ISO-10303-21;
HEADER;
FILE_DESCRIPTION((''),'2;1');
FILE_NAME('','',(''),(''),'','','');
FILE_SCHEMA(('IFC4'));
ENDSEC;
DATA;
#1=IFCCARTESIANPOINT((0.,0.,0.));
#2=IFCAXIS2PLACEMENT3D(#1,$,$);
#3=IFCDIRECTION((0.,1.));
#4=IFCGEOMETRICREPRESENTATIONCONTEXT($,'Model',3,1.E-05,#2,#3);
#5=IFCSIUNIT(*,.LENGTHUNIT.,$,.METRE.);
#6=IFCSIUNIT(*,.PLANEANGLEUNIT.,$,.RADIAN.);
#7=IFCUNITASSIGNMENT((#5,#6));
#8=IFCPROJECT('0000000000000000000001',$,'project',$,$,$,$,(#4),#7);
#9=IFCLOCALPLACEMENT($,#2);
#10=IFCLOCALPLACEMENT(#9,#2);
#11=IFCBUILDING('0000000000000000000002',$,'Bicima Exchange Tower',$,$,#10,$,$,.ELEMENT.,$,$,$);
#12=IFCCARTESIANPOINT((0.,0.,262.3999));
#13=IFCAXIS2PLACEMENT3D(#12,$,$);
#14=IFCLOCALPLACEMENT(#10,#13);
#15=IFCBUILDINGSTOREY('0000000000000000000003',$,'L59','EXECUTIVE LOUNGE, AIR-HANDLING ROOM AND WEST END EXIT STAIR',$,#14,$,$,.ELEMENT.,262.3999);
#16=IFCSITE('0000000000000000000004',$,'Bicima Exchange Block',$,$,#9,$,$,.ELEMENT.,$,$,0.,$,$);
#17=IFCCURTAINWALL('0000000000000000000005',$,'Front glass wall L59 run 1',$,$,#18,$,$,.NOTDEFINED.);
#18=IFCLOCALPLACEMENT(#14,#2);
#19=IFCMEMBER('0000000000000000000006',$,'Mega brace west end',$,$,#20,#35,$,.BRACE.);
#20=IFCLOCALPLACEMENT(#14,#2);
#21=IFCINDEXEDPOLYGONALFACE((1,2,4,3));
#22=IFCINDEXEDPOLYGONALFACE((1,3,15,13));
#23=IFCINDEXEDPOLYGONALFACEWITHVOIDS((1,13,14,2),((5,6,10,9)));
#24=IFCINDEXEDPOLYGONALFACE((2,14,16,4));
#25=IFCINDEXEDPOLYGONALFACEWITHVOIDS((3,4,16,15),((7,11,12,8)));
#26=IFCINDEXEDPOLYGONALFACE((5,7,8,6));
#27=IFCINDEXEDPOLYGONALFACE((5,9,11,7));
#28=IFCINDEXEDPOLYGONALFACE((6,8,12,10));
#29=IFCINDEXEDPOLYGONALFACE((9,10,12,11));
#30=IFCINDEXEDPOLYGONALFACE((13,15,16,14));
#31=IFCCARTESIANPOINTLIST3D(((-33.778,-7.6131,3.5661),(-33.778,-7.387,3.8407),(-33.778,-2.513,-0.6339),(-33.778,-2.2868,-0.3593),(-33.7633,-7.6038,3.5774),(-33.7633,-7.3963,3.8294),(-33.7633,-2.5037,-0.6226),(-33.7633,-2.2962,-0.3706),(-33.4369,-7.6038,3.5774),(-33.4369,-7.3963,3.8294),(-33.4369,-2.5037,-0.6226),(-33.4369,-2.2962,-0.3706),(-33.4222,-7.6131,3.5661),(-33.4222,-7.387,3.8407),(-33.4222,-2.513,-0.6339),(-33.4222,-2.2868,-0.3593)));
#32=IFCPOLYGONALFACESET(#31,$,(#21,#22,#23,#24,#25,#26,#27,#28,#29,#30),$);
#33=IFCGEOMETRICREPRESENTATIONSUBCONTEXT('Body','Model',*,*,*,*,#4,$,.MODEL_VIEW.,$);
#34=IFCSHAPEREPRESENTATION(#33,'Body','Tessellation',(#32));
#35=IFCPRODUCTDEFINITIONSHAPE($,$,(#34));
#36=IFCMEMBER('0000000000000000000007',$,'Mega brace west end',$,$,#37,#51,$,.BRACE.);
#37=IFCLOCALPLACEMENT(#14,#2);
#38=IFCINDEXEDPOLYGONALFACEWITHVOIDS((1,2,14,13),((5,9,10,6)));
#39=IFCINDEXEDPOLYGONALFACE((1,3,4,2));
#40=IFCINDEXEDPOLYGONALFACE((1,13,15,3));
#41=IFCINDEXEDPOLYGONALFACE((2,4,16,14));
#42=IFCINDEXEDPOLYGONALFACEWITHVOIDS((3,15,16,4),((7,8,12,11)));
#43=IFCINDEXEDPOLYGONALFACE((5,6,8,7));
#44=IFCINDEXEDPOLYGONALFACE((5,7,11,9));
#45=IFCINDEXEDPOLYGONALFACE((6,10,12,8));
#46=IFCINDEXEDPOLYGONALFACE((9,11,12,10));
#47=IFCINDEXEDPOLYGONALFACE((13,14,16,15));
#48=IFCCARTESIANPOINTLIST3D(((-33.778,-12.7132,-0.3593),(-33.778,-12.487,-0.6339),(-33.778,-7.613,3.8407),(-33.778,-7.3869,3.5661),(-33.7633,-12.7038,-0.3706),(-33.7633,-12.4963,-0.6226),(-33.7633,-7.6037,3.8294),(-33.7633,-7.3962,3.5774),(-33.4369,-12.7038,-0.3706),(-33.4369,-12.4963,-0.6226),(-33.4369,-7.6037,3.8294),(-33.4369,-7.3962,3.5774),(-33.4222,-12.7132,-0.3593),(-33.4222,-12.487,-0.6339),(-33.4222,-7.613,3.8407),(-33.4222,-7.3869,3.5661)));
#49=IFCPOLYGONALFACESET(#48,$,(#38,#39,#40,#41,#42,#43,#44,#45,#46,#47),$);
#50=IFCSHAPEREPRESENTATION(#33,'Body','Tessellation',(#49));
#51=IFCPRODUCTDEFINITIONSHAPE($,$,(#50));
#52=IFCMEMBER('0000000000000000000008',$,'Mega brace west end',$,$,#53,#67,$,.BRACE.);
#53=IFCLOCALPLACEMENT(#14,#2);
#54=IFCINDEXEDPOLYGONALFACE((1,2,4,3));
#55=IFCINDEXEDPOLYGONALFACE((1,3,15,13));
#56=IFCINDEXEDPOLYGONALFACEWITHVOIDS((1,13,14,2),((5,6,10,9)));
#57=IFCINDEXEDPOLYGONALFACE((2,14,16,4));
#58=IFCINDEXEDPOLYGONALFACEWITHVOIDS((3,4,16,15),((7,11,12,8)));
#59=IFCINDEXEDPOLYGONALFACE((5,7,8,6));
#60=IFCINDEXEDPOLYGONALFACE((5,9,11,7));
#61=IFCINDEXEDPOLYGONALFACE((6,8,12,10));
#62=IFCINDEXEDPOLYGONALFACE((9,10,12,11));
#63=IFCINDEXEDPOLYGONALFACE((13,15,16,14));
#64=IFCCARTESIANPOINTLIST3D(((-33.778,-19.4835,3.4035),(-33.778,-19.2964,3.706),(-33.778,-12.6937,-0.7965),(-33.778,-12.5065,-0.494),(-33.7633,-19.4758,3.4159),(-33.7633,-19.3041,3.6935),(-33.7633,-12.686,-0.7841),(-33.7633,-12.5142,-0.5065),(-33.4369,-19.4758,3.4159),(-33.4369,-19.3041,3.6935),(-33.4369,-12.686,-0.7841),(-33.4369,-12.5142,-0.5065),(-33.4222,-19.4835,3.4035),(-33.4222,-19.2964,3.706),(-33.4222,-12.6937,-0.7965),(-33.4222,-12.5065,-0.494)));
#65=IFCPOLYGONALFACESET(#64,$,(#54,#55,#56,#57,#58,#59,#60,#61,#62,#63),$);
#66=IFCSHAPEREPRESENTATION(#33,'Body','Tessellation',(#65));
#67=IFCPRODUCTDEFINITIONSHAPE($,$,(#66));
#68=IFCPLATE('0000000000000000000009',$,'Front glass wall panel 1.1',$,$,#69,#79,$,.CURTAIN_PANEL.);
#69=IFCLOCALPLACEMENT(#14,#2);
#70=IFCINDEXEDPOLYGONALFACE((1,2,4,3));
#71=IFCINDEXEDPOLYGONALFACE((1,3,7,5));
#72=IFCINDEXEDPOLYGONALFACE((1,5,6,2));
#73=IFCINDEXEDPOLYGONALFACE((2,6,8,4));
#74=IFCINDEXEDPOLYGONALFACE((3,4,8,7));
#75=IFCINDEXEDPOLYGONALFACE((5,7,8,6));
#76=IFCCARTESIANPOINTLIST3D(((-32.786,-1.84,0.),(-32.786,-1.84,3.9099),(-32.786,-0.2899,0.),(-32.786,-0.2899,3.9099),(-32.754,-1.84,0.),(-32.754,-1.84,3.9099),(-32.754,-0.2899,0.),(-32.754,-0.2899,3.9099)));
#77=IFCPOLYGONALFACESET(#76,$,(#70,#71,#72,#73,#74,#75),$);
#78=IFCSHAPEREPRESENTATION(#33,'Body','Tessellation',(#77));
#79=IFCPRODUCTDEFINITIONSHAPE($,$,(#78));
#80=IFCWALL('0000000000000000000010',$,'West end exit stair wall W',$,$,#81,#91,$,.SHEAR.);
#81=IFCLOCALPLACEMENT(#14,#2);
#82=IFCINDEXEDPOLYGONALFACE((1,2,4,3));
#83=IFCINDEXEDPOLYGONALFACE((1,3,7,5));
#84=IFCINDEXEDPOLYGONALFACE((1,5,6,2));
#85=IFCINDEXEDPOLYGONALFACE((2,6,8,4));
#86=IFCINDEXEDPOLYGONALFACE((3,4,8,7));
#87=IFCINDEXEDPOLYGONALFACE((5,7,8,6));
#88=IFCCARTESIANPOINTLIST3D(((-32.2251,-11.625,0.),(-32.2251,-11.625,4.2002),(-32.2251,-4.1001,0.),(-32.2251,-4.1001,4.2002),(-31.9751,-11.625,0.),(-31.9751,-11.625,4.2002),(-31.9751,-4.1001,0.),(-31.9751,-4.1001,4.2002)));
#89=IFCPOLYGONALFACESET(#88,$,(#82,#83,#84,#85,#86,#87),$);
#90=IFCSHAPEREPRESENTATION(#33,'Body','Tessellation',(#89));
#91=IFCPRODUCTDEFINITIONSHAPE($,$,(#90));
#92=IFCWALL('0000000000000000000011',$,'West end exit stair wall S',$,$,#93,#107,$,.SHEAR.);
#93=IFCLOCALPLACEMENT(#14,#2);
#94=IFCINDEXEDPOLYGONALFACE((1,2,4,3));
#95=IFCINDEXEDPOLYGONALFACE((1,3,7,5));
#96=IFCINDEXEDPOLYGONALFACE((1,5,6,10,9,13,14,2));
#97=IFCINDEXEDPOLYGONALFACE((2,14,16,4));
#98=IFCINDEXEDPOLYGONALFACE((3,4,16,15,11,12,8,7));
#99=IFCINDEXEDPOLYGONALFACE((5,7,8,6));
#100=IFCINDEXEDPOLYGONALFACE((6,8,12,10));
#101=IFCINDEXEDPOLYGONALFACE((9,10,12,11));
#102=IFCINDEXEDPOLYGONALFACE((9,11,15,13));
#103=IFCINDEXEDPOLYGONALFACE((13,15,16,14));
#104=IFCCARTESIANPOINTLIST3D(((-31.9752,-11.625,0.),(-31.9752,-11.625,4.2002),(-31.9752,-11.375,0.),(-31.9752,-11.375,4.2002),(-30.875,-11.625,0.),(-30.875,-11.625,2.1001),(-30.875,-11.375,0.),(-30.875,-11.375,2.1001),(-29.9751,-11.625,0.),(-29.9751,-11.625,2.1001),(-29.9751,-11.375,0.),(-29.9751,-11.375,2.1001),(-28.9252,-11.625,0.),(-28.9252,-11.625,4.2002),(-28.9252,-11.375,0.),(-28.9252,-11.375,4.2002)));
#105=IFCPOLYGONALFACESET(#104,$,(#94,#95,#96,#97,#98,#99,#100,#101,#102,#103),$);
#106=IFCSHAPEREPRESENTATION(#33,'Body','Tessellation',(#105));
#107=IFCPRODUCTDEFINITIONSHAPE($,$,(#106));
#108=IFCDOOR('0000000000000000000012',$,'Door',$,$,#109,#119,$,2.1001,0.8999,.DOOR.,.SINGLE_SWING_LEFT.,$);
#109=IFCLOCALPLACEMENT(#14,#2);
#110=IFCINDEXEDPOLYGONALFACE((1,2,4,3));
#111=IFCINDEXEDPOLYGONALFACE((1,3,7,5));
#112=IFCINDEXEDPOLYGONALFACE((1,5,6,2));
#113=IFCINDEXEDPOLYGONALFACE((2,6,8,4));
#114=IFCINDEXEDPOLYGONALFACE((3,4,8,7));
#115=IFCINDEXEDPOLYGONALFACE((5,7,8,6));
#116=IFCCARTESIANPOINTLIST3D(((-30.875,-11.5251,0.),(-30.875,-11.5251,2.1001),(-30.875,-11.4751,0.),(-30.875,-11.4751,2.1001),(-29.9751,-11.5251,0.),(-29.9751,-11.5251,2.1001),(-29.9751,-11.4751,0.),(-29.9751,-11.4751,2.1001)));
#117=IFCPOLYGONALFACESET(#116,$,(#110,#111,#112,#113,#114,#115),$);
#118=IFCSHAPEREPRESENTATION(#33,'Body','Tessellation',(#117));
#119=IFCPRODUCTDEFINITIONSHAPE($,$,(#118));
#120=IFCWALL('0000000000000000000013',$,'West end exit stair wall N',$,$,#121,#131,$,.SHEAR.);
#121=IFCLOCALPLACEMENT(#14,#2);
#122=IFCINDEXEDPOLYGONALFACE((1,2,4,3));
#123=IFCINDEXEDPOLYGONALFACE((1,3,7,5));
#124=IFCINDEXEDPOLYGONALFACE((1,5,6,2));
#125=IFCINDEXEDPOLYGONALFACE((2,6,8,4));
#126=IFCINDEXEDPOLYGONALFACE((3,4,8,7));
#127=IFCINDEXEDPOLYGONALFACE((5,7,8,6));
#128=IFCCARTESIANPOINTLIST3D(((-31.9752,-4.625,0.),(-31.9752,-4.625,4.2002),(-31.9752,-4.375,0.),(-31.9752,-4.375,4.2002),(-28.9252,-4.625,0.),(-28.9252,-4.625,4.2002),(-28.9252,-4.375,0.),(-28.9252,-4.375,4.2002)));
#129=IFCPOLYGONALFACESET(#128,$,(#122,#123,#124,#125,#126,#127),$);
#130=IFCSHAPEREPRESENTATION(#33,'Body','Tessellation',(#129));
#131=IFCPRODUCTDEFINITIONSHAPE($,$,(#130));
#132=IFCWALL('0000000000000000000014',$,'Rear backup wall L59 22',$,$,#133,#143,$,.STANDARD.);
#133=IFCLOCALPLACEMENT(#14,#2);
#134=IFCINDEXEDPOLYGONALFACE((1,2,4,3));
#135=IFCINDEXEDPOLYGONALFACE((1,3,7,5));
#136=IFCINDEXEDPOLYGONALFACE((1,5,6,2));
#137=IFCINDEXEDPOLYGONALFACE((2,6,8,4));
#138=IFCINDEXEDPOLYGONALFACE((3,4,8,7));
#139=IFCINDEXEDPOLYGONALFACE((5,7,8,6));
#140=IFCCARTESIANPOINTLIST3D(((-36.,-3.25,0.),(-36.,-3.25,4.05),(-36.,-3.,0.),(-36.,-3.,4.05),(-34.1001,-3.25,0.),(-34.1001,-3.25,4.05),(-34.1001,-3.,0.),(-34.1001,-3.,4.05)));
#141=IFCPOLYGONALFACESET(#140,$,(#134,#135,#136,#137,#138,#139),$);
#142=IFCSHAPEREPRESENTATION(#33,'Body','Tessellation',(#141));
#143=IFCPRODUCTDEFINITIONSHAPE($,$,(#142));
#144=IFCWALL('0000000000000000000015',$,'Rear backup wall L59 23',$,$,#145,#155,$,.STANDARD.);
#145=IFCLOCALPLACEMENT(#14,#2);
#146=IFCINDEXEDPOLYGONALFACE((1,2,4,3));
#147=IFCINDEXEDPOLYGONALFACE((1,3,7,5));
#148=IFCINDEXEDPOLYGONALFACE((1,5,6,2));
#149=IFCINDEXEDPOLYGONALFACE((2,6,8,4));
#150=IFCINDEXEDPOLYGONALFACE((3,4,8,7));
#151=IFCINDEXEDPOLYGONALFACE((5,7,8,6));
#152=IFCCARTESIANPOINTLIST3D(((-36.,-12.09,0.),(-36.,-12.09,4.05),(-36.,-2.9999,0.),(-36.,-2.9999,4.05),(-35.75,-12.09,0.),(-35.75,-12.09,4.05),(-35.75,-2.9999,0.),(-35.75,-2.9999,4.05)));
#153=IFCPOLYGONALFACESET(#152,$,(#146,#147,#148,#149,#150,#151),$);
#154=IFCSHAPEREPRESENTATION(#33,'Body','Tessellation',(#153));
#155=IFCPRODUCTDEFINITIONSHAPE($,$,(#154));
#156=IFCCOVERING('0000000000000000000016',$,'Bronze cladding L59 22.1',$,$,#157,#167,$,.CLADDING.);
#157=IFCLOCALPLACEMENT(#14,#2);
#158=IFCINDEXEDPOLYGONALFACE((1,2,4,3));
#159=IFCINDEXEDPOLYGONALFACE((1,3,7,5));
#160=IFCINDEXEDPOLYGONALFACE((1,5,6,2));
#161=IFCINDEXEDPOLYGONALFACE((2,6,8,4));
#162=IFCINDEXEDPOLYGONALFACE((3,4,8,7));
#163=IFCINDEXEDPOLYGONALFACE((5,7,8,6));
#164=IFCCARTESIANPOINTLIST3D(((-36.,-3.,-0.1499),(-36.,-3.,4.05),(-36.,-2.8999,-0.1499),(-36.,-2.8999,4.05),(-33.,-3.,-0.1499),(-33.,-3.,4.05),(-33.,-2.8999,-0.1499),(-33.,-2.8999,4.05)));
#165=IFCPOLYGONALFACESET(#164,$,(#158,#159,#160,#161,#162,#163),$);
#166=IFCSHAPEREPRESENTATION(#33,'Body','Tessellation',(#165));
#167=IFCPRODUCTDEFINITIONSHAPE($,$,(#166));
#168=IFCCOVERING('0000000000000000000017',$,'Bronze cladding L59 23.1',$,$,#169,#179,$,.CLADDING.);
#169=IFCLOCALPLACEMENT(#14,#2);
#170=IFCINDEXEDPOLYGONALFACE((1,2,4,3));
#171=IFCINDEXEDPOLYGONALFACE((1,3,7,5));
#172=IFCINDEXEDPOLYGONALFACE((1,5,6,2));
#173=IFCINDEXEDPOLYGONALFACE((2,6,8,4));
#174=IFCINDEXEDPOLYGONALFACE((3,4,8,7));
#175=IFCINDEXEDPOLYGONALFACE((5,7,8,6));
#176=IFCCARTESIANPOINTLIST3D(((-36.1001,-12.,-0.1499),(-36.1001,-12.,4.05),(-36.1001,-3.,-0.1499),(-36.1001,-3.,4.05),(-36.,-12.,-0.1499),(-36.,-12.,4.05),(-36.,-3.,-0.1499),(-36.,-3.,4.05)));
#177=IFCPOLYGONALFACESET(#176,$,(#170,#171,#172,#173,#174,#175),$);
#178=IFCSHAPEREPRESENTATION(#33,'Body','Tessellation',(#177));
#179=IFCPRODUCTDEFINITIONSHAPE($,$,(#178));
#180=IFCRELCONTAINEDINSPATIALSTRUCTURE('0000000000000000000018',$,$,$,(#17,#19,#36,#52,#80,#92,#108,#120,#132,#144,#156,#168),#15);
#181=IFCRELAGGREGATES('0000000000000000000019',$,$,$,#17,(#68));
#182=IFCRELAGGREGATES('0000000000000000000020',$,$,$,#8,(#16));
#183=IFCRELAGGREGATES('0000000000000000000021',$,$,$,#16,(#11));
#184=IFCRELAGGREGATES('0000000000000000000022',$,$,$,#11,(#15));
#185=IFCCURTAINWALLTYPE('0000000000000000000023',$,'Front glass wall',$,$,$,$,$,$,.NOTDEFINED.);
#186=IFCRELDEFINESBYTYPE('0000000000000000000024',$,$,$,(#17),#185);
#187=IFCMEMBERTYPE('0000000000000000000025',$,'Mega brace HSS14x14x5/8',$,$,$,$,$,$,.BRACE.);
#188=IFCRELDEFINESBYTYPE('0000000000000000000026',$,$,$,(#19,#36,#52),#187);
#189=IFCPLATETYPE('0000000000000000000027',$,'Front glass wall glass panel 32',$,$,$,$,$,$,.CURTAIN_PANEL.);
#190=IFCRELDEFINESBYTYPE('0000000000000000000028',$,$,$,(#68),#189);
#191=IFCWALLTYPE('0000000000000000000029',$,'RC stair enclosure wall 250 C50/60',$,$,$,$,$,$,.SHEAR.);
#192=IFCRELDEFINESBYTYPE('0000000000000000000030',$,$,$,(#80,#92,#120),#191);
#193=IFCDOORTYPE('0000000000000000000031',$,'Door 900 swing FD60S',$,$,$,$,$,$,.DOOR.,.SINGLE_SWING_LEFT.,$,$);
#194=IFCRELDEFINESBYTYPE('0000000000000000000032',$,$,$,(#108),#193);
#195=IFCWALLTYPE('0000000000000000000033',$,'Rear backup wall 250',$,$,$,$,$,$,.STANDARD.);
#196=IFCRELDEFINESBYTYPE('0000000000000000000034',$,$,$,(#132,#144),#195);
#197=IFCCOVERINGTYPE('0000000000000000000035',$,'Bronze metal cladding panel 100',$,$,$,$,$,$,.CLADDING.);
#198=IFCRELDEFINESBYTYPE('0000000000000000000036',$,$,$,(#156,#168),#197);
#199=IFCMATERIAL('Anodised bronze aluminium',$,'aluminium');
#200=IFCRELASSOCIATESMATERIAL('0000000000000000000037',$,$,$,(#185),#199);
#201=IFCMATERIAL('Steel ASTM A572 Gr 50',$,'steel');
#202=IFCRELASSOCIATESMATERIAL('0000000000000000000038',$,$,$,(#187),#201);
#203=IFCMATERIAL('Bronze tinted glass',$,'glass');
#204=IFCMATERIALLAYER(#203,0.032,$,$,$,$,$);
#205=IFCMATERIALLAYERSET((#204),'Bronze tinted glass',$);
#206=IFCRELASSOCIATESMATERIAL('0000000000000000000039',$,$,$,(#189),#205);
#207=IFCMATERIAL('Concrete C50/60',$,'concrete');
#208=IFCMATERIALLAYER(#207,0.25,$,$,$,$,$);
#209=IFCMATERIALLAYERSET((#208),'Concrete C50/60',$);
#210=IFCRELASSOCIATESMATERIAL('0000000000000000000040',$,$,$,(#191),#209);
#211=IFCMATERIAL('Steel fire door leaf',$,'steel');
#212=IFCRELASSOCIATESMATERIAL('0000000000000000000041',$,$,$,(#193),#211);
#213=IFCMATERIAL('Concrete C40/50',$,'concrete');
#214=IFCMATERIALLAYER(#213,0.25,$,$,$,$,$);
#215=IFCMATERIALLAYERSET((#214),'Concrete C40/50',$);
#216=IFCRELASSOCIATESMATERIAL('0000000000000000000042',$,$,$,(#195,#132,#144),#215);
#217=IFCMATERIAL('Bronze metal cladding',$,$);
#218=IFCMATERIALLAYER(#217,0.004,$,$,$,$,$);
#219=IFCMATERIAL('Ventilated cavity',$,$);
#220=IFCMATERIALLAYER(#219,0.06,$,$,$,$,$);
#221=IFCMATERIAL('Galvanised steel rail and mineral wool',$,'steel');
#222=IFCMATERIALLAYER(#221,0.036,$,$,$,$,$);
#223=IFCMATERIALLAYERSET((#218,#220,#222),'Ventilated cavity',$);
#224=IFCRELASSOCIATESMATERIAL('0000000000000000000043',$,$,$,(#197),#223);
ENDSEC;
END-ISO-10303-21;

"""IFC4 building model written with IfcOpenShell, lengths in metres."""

from ifc_helpers import new_model, si_unit, direction, frame, frame_2d, origin, origin_2d, place, context, subcontext, project, spatial, rectangle, hollow_rectangle, extrude, material, layer, layer_set, layer_usage, material_profile, profile_set, type_object, element, fill, aggregate, save


model = new_model("IFC4")

# Units and contexts
model_context = context("Model", 3, precision=1e-05, world=origin(), true_north=direction((0.0, 1.0)))
body_context = subcontext(model_context, "Body", "Model", "MODEL_VIEW")
ifc_project = project(units=[si_unit("LENGTHUNIT", "METRE"), si_unit("PLANEANGLEUNIT", "RADIAN")], contexts=[model_context])

# Site, building, storey
site_placement = place(None, origin())
site = spatial("IfcSite", under=ifc_project, at=site_placement, Name="Bicima Exchange Block", CompositionType="ELEMENT", RefElevation=0.0)
building_placement = place(site_placement, origin())
building = spatial("IfcBuilding", under=site, at=building_placement, Name="Bicima Exchange Tower", CompositionType="ELEMENT")
storey_placement = place(building_placement, frame((0.0, 0.0, 262.3999)))
storey = spatial("IfcBuildingStorey", under=building, at=storey_placement, Name="L59", Description="EXECUTIVE LOUNGE, AIR-HANDLING ROOM AND WEST END EXIT STAIR", CompositionType="ELEMENT", Elevation=262.3999)

# Shared definitions
ifc_material_1 = material(Name="Steel ASTM A572 Gr 50", Category="steel")

# Shared definitions
ifc_material_2 = material(Name="Anodised bronze aluminium", Category="aluminium")

# Curtain wall
curtain_wall_type_1 = type_object("IfcCurtainWallType", Name="Front glass wall", PredefinedType="NOTDEFINED", material=ifc_material_2)
curtain_wall_1_placement = place(storey_placement, origin())
curtain_wall_1 = element("IfcCurtainWall", 1, at=curtain_wall_1_placement, inside=storey, type_object=curtain_wall_type_1, Name="Front glass wall L59 run 1", PredefinedType="NOTDEFINED")

# Members
ifc_material_profile_1 = material_profile(ifc_material_1, hollow_rectangle(XDim=0.3557, YDim=0.3557, WallThickness=0.0146, at=origin_2d()))
ifc_profile_set_1 = profile_set([ifc_material_profile_1], Name="Steel ASTM A572 Gr 50")
member_type_1 = type_object("IfcMemberType", Name="Mega brace HSS14x14x5/8", PredefinedType="BRACE", material=ifc_profile_set_1)
for number, where, z_axis, x_axis, name in (
    (2, (-33.6001, -2.3999, -0.4966), (0.0, -0.77194, 0.635696), (1.0, 0.0, 0.0), "Mega brace west end"),
    (3, (-33.6001, -12.6001, -0.4966), (0.0, 0.77194, 0.635696), (-1.0, 0.0, 0.0), "Mega brace west end"),
):
    element("IfcMember", number, at=place(storey_placement, frame(where, z_axis=z_axis, x_axis=x_axis)), inside=storey, type_object=member_type_1, Name=name, PredefinedType="BRACE", context=body_context, shape_type="SweptSolid", body=[
        extrude(hollow_rectangle(XDim=0.3557, YDim=0.3557, WallThickness=0.0146, at=origin_2d()), origin(), (0.0, 0.0, 1.0), 6.6069),
    ])
member_1_placement = place(storey_placement, frame((-33.6001, -12.6001, -0.6453), z_axis=(0.0, -0.850448, 0.52606), x_axis=(1.0, 0.0, 0.0)))
element("IfcMember", 4, at=member_1_placement, inside=storey, type_object=member_type_1, Name="Mega brace west end", PredefinedType="BRACE", context=body_context, shape_type="SweptSolid", body=[
    extrude(hollow_rectangle(XDim=0.3557, YDim=0.3557, WallThickness=0.0146, at=origin_2d()), origin(), (0.0, 0.0, 1.0), 7.9839),
])

# Plate
ifc_material_3 = material(Name="Bronze tinted glass", Category="glass")
ifc_layer_1 = layer(ifc_material_3, 0.032)
ifc_layer_set_1 = layer_set([ifc_layer_1], Name="Bronze tinted glass")
plate_type = type_object("IfcPlateType", Name="Front glass wall glass panel 32", PredefinedType="CURTAIN_PANEL", material=ifc_layer_set_1)
plate_placement = place(storey_placement, frame((-32.77, -1.0649, 0.0), z_axis=(0.0, 0.0, 1.0), x_axis=(0.0, -1.0, 0.0)))
plate = element("IfcPlate", 5, at=plate_placement, type_object=plate_type, Name="Front glass wall panel 1.1", PredefinedType="CURTAIN_PANEL", context=body_context, shape_type="SweptSolid", body=[
    extrude(rectangle(XDim=1.55, YDim=0.032, at=origin_2d()), origin(), (0.0, 0.0, 1.0), 3.9099),
])
aggregate(curtain_wall_1, [plate])

# Wall
ifc_material_4 = material(Name="Concrete C50/60", Category="concrete")
ifc_layer_2 = layer(ifc_material_4, 0.25)
ifc_layer_set_2 = layer_set([ifc_layer_2], Name="Concrete C50/60")
wall_type_1 = type_object("IfcWallType", Name="RC stair enclosure wall 250 C50/60", PredefinedType="SHEAR", material=ifc_layer_set_2)
wall_1_placement = place(storey_placement, frame((-32.1001, -11.625, 0.0), z_axis=(0.0, 0.0, 1.0), x_axis=(0.0, 1.0, 0.0)))
element("IfcWall", 6, at=wall_1_placement, inside=storey, type_object=wall_type_1, Name="West end exit stair wall W", PredefinedType="SHEAR", context=body_context, shape_type="SweptSolid", body=[
    extrude(rectangle(XDim=7.5249, YDim=0.25, at=frame_2d((3.7625, 0.0))), origin(), (0.0, 0.0, 1.0), 4.2002),
])

# Wall, opening, door
wall_2_placement = place(storey_placement, frame((-31.9751, -11.5, 0.0), z_axis=(0.0, 0.0, 1.0), x_axis=(1.0, 0.0, 0.0)))
wall_2 = element("IfcWall", 7, at=wall_2_placement, inside=storey, type_object=wall_type_1, Name="West end exit stair wall S", PredefinedType="SHEAR", context=body_context, shape_type="SweptSolid", body=[
    extrude(rectangle(XDim=3.05, YDim=0.25, at=frame_2d((1.5249, 0.0))), origin(), (0.0, 0.0, 1.0), 4.2002),
])
opening_placement = place(wall_2_placement, frame((1.1001, 0.0, 0.0)))
opening = element("IfcOpeningElement", 8, at=opening_placement, cuts=wall_2, PredefinedType="OPENING", context=body_context, shape_type="SweptSolid", body=[
    extrude(rectangle(XDim=0.8999, YDim=2.1001, at=frame_2d((0.45, 1.05))), frame((0.0, 0.137, 0.0), z_axis=(0.0, -1.0, 0.0), x_axis=(1.0, 0.0, 0.0)), (0.0, 0.0, 1.0), 0.2739),
])
ifc_material_5 = material(Name="Steel fire door leaf", Category="steel")
door_type = type_object("IfcDoorType", Name="Door 900 swing FD60S", OperationType="SINGLE_SWING_LEFT", PredefinedType="DOOR", material=ifc_material_5)
door_placement = place(opening_placement, origin())
door = element("IfcDoor", 9, at=door_placement, inside=storey, type_object=door_type, Name="Door", OperationType="SINGLE_SWING_LEFT", OverallHeight=2.1001, OverallWidth=0.8999, PredefinedType="DOOR", context=body_context, shape_type="SweptSolid", body=[
    extrude(rectangle(XDim=0.8999, YDim=2.1001, at=frame_2d((0.45, 1.05))), frame((0.0, 0.0249, 0.0), z_axis=(0.0, -1.0, 0.0), x_axis=(1.0, 0.0, 0.0)), (0.0, 0.0, 1.0), 0.05),
])
fill(opening, door)

# Walls
wall_3_placement = place(storey_placement, frame((-31.9751, -4.5, 0.0), z_axis=(0.0, 0.0, 1.0), x_axis=(1.0, 0.0, 0.0)))
element("IfcWall", 10, at=wall_3_placement, inside=storey, type_object=wall_type_1, Name="West end exit stair wall N", PredefinedType="SHEAR", context=body_context, shape_type="SweptSolid", body=[
    extrude(rectangle(XDim=3.05, YDim=0.25, at=frame_2d((1.5249, 0.0))), origin(), (0.0, 0.0, 1.0), 4.2002),
])
ifc_material_6 = material(Name="Concrete C40/50", Category="concrete")
ifc_layer_3 = layer(ifc_material_6, 0.25)
ifc_layer_set_3 = layer_set([ifc_layer_3], Name="Concrete C40/50")
ifc_layer_usage = layer_usage(ifc_layer_set_3, "AXIS2", "POSITIVE", -0.125)
wall_type_2 = type_object("IfcWallType", Name="Rear backup wall 250", PredefinedType="STANDARD", material=ifc_layer_set_3)
wall_4_placement = place(storey_placement, frame((-34.1001, -3.125, 0.0), z_axis=(0.0, 0.0, 1.0), x_axis=(-1.0, 0.0, 0.0)))
element("IfcWall", 11, at=wall_4_placement, inside=storey, type_object=wall_type_2, material=ifc_layer_usage, Name="Rear backup wall L59 22", PredefinedType="STANDARD", context=body_context, shape_type="SweptSolid", body=[
    extrude(rectangle(XDim=1.8999, YDim=0.25, at=frame_2d((0.95, 0.0))), origin(), (0.0, 0.0, 1.0), 4.05),
])
wall_5_placement = place(storey_placement, frame((-35.875, -3.0, 0.0), z_axis=(0.0, 0.0, 1.0), x_axis=(0.0, -1.0, 0.0)))
element("IfcWall", 12, at=wall_5_placement, inside=storey, type_object=wall_type_2, material=ifc_layer_usage, Name="Rear backup wall L59 23", PredefinedType="STANDARD", context=body_context, shape_type="SweptSolid", body=[
    extrude(rectangle(XDim=9.0901, YDim=0.25, at=frame_2d((4.5449, 0.0))), origin(), (0.0, 0.0, 1.0), 4.05),
])

# Coverings
ifc_material_7 = material(Name="Bronze metal cladding")
ifc_layer_4 = layer(ifc_material_7, 0.004)
ifc_material_8 = material(Name="Ventilated cavity")
ifc_layer_5 = layer(ifc_material_8, 0.06)
ifc_material_9 = material(Name="Galvanised steel rail and mineral wool", Category="steel")
ifc_layer_6 = layer(ifc_material_9, 0.036)
ifc_layer_set_4 = layer_set([ifc_layer_4, ifc_layer_5, ifc_layer_6], Name="Ventilated cavity")
covering_type = type_object("IfcCoveringType", Name="Bronze metal cladding panel 100", PredefinedType="CLADDING", material=ifc_layer_set_4)
covering_1_placement = place(storey_placement, frame((-34.5, -2.95, -0.1499), z_axis=(0.0, 0.0, 1.0), x_axis=(-1.0, 0.0, 0.0)))
element("IfcCovering", 13, at=covering_1_placement, inside=storey, type_object=covering_type, Name="Bronze cladding L59 22.1", PredefinedType="CLADDING", context=body_context, shape_type="SweptSolid", body=[
    extrude(rectangle(XDim=3.0, YDim=0.1001, at=origin_2d()), origin(), (0.0, 0.0, 1.0), 4.2),
])
covering_2_placement = place(storey_placement, frame((-36.05, -7.5, -0.1499), z_axis=(0.0, 0.0, 1.0), x_axis=(0.0, -1.0, 0.0)))
element("IfcCovering", 14, at=covering_2_placement, inside=storey, type_object=covering_type, Name="Bronze cladding L59 23.1", PredefinedType="CLADDING", context=body_context, shape_type="SweptSolid", body=[
    extrude(rectangle(XDim=9.0, YDim=0.1001, at=origin_2d()), origin(), (0.0, 0.0, 1.0), 4.2),
])

save(model, "model.ifc")
